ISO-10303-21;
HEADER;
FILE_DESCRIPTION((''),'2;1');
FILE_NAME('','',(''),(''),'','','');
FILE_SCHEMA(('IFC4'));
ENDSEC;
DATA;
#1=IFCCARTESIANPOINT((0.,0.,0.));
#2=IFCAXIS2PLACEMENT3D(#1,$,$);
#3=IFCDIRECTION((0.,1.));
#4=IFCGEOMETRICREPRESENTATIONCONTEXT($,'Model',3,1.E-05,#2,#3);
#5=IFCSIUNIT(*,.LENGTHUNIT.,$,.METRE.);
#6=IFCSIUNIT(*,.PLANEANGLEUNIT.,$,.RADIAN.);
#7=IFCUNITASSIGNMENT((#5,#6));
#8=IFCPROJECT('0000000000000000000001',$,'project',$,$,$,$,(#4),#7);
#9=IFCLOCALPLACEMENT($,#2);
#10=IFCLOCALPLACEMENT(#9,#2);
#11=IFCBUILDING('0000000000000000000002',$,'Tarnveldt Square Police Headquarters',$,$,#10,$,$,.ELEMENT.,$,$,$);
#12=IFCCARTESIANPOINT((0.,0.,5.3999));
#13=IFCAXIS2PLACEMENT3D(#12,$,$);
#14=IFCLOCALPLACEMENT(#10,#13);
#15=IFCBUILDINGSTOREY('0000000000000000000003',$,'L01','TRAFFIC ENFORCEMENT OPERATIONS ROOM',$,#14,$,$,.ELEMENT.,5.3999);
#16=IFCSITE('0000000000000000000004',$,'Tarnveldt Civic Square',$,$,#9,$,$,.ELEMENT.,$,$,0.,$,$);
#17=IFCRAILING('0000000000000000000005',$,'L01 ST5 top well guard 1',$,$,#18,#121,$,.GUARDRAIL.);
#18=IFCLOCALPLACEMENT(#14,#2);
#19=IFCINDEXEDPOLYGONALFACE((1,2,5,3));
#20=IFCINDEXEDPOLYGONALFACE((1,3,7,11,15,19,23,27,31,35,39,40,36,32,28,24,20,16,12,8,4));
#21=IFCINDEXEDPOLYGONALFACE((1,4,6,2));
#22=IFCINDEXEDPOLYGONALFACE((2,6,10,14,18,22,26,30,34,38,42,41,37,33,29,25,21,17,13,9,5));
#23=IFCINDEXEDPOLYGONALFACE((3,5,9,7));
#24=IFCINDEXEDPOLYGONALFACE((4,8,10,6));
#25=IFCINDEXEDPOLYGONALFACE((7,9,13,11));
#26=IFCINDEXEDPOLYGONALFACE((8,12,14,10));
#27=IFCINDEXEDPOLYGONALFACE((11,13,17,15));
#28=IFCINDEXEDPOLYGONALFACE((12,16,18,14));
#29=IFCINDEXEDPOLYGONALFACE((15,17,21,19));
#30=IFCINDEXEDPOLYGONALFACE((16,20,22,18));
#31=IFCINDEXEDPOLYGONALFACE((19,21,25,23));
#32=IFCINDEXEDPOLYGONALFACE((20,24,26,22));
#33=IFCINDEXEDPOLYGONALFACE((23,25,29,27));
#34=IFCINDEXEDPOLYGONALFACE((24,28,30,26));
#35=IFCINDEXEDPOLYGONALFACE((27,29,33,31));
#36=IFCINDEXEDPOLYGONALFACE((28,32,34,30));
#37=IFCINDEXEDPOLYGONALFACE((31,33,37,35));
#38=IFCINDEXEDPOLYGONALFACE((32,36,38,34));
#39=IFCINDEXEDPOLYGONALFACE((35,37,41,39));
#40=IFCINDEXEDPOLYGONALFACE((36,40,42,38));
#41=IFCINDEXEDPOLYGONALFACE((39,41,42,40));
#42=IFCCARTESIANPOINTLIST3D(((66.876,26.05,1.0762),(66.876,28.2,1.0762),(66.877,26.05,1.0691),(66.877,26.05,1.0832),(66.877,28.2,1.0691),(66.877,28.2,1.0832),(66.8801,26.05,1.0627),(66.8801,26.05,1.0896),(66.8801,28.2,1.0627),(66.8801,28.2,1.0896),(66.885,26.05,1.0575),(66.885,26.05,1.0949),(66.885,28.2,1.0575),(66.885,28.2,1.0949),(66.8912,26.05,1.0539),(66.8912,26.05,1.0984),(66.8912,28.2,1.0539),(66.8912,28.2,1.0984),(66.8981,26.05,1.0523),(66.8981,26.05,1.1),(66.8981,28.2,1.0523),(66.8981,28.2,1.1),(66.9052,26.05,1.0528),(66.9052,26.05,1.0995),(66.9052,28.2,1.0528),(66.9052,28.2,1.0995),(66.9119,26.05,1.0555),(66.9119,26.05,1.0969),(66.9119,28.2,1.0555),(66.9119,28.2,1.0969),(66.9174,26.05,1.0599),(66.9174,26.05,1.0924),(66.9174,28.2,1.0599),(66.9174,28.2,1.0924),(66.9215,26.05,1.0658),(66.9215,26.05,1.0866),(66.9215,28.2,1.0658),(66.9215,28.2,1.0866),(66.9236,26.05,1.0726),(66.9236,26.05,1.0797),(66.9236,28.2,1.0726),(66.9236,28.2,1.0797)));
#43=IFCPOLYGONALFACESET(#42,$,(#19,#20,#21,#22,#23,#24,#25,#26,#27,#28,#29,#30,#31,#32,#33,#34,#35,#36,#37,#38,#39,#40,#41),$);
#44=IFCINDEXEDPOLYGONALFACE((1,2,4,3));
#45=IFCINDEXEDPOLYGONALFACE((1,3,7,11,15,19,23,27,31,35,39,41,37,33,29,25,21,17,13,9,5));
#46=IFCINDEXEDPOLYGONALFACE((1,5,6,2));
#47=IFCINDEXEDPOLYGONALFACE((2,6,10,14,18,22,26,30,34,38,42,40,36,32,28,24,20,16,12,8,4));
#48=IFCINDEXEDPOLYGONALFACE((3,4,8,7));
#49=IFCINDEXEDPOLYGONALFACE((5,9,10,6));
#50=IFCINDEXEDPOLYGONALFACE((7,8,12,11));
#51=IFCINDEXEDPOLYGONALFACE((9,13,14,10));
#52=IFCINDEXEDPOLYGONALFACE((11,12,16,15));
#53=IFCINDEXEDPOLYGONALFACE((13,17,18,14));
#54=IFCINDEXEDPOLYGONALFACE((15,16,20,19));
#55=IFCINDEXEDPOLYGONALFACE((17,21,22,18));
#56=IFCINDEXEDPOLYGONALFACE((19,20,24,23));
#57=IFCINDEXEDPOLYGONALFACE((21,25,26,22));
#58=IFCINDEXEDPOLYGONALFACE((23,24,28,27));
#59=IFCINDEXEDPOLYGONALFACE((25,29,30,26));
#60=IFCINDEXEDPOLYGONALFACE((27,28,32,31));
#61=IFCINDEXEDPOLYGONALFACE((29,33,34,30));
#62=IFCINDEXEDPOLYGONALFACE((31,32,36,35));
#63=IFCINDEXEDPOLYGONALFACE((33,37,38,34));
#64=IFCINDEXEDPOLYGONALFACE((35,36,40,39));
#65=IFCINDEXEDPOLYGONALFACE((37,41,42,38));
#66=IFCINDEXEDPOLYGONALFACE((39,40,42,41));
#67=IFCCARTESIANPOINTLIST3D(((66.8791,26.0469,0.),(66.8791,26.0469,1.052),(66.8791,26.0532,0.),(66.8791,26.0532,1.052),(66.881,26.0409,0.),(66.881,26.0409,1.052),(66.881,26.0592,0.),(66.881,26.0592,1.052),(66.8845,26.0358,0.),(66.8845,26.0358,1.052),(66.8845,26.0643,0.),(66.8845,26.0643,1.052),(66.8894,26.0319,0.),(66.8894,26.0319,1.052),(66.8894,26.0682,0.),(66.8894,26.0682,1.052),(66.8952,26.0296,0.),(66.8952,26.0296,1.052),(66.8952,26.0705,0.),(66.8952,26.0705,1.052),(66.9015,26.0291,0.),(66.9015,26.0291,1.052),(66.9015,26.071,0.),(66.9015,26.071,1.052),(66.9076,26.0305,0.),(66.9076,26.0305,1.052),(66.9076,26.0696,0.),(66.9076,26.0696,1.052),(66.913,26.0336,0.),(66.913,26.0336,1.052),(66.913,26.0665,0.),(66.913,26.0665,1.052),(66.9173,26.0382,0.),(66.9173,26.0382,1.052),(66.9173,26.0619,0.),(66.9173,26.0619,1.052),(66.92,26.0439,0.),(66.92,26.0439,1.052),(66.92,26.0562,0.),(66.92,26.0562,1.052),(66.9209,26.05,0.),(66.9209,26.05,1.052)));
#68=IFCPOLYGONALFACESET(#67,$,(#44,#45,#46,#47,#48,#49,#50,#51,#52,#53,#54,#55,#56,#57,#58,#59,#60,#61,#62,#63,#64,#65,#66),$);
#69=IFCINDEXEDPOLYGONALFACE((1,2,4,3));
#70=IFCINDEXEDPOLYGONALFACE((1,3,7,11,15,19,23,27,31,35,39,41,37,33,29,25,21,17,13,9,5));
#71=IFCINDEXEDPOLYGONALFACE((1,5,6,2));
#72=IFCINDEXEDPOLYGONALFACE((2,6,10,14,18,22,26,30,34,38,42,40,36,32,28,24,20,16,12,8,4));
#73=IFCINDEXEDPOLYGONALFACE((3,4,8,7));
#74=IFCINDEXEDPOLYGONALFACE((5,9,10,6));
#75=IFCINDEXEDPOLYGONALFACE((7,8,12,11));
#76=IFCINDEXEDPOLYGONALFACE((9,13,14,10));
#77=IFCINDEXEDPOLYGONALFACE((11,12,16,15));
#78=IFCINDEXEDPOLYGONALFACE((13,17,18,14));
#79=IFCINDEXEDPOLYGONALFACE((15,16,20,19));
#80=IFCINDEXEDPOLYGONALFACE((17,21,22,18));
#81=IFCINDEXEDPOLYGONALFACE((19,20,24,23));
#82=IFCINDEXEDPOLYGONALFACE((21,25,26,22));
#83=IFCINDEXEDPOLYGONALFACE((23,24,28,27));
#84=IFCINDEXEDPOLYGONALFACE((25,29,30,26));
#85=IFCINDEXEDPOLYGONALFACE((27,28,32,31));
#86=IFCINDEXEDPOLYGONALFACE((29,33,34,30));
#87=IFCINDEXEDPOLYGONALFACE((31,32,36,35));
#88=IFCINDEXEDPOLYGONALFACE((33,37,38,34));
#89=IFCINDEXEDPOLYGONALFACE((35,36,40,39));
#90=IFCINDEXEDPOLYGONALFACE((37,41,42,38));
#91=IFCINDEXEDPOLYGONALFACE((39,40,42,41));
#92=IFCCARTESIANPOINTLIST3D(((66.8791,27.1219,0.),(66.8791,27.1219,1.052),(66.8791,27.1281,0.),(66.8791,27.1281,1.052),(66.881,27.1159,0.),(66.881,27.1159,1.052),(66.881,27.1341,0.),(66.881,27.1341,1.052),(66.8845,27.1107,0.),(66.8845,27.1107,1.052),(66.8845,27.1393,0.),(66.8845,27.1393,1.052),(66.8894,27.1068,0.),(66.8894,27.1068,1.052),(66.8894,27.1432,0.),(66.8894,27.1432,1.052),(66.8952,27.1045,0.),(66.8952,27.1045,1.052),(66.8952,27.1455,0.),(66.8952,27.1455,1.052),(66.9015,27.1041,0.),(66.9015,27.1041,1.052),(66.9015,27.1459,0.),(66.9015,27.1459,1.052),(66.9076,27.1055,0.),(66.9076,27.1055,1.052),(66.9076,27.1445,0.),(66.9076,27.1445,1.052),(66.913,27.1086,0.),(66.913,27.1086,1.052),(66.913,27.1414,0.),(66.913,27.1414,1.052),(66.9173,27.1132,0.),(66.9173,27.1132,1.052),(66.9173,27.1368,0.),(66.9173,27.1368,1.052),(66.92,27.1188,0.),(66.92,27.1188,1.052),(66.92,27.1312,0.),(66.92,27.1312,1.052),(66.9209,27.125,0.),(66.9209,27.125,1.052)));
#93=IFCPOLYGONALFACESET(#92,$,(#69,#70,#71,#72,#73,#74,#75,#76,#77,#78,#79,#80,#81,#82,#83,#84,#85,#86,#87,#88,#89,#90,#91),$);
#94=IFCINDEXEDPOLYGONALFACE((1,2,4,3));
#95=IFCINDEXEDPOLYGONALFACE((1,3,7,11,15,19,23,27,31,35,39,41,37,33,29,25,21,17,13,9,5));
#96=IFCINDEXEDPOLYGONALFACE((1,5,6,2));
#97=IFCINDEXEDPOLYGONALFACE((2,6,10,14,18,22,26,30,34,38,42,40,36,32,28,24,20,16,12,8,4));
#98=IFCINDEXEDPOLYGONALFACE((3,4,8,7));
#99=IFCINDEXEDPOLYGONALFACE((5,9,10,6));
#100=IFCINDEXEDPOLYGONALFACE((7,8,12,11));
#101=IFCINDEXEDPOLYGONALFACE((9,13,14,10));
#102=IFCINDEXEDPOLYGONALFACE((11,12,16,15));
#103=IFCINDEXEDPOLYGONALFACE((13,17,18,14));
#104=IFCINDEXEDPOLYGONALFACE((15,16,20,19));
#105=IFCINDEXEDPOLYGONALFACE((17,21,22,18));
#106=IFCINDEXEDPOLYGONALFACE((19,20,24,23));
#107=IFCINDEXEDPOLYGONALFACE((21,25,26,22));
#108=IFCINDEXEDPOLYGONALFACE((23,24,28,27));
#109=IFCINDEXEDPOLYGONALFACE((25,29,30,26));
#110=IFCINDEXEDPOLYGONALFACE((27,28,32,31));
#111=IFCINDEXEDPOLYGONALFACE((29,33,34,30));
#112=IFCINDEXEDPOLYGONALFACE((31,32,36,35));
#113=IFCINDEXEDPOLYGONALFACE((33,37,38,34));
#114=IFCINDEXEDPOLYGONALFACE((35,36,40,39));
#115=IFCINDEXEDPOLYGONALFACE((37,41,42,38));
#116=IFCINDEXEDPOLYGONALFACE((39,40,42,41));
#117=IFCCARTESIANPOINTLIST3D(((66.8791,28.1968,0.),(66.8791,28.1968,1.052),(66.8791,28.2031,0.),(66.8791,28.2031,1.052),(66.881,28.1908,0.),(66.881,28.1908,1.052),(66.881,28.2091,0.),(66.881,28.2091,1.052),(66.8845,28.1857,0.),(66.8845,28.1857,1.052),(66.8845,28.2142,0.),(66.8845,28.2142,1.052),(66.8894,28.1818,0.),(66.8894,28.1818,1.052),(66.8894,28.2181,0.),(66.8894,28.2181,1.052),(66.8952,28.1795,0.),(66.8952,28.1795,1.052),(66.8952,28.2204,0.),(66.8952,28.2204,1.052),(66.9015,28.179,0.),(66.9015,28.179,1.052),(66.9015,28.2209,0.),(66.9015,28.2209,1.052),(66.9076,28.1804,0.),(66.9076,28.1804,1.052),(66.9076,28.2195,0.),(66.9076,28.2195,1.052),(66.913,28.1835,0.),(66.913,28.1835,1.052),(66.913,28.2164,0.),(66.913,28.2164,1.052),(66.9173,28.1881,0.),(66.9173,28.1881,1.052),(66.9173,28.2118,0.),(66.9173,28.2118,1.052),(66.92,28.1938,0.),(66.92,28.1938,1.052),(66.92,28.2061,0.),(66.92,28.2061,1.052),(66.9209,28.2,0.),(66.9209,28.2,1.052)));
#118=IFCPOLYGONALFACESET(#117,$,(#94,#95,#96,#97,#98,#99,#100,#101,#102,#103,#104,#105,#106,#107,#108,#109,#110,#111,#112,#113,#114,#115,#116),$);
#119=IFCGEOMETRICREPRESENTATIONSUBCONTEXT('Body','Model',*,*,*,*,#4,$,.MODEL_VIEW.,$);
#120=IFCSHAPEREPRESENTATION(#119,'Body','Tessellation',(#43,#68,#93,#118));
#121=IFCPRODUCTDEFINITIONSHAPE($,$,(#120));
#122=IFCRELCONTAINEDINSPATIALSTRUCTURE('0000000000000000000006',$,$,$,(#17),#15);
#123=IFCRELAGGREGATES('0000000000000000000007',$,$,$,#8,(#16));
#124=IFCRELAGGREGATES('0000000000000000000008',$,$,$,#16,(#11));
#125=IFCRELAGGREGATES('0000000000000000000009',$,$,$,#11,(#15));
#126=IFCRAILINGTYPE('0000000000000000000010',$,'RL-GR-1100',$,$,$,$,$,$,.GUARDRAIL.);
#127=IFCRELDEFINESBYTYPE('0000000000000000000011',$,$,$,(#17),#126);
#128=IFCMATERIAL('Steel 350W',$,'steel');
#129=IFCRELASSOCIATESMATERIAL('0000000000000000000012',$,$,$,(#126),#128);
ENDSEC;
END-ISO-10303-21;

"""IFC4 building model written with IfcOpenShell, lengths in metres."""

from ifc_helpers import new_model, si_unit, direction, frame, origin, origin_2d, place, context, subcontext, project, spatial, circle, extrude, material, type_object, element, save


model = new_model("IFC4")

# Units and contexts
model_context = context("Model", 3, precision=1e-05, world=origin(), true_north=direction((0.0, 1.0)))
body_context = subcontext(model_context, "Body", "Model", "MODEL_VIEW")
ifc_project = project(units=[si_unit("LENGTHUNIT", "METRE"), si_unit("PLANEANGLEUNIT", "RADIAN")], contexts=[model_context])

# Site, building, storey
site_placement = place(None, origin())
site = spatial("IfcSite", under=ifc_project, at=site_placement, Name="Tarnveldt Civic Square", CompositionType="ELEMENT", RefElevation=0.0)
building_placement = place(site_placement, origin())
building = spatial("IfcBuilding", under=site, at=building_placement, Name="Tarnveldt Square Police Headquarters", CompositionType="ELEMENT")
storey_placement = place(building_placement, frame((0.0, 0.0, 5.3999)))
storey = spatial("IfcBuildingStorey", under=building, at=storey_placement, Name="L01", Description="TRAFFIC ENFORCEMENT OPERATIONS ROOM", CompositionType="ELEMENT", Elevation=5.3999)

# Railing
ifc_material_1 = material(Name="Steel 350W", Category="steel")
railing_type = type_object("IfcRailingType", Name="RL-GR-1100", PredefinedType="GUARDRAIL", material=ifc_material_1)
railing_placement = place(storey_placement, frame((66.8999, 26.05, 0.0)))
element("IfcRailing", 1, at=railing_placement, inside=storey, type_object=railing_type, Name="L01 ST5 top well guard 1", PredefinedType="GUARDRAIL", context=body_context, shape_type="SweptSolid", body=[
    extrude(circle(Radius=0.0239, at=origin_2d()), frame((0.0, 0.0, 1.0762), z_axis=(0.0, 1.0, 0.0), x_axis=(-1.0, 0.0, 0.0)), (0.0, 0.0, 1.0), 2.1499),
    extrude(circle(Radius=0.021, at=origin_2d()), origin(), (0.0, 0.0, 1.0), 1.052),
    extrude(circle(Radius=0.021, at=origin_2d()), frame((0.0, 1.075, 0.0)), (0.0, 0.0, 1.0), 1.052),
    extrude(circle(Radius=0.021, at=origin_2d()), frame((0.0, 2.1499, 0.0)), (0.0, 0.0, 1.0), 1.052),
])

save(model, "model.ifc")
